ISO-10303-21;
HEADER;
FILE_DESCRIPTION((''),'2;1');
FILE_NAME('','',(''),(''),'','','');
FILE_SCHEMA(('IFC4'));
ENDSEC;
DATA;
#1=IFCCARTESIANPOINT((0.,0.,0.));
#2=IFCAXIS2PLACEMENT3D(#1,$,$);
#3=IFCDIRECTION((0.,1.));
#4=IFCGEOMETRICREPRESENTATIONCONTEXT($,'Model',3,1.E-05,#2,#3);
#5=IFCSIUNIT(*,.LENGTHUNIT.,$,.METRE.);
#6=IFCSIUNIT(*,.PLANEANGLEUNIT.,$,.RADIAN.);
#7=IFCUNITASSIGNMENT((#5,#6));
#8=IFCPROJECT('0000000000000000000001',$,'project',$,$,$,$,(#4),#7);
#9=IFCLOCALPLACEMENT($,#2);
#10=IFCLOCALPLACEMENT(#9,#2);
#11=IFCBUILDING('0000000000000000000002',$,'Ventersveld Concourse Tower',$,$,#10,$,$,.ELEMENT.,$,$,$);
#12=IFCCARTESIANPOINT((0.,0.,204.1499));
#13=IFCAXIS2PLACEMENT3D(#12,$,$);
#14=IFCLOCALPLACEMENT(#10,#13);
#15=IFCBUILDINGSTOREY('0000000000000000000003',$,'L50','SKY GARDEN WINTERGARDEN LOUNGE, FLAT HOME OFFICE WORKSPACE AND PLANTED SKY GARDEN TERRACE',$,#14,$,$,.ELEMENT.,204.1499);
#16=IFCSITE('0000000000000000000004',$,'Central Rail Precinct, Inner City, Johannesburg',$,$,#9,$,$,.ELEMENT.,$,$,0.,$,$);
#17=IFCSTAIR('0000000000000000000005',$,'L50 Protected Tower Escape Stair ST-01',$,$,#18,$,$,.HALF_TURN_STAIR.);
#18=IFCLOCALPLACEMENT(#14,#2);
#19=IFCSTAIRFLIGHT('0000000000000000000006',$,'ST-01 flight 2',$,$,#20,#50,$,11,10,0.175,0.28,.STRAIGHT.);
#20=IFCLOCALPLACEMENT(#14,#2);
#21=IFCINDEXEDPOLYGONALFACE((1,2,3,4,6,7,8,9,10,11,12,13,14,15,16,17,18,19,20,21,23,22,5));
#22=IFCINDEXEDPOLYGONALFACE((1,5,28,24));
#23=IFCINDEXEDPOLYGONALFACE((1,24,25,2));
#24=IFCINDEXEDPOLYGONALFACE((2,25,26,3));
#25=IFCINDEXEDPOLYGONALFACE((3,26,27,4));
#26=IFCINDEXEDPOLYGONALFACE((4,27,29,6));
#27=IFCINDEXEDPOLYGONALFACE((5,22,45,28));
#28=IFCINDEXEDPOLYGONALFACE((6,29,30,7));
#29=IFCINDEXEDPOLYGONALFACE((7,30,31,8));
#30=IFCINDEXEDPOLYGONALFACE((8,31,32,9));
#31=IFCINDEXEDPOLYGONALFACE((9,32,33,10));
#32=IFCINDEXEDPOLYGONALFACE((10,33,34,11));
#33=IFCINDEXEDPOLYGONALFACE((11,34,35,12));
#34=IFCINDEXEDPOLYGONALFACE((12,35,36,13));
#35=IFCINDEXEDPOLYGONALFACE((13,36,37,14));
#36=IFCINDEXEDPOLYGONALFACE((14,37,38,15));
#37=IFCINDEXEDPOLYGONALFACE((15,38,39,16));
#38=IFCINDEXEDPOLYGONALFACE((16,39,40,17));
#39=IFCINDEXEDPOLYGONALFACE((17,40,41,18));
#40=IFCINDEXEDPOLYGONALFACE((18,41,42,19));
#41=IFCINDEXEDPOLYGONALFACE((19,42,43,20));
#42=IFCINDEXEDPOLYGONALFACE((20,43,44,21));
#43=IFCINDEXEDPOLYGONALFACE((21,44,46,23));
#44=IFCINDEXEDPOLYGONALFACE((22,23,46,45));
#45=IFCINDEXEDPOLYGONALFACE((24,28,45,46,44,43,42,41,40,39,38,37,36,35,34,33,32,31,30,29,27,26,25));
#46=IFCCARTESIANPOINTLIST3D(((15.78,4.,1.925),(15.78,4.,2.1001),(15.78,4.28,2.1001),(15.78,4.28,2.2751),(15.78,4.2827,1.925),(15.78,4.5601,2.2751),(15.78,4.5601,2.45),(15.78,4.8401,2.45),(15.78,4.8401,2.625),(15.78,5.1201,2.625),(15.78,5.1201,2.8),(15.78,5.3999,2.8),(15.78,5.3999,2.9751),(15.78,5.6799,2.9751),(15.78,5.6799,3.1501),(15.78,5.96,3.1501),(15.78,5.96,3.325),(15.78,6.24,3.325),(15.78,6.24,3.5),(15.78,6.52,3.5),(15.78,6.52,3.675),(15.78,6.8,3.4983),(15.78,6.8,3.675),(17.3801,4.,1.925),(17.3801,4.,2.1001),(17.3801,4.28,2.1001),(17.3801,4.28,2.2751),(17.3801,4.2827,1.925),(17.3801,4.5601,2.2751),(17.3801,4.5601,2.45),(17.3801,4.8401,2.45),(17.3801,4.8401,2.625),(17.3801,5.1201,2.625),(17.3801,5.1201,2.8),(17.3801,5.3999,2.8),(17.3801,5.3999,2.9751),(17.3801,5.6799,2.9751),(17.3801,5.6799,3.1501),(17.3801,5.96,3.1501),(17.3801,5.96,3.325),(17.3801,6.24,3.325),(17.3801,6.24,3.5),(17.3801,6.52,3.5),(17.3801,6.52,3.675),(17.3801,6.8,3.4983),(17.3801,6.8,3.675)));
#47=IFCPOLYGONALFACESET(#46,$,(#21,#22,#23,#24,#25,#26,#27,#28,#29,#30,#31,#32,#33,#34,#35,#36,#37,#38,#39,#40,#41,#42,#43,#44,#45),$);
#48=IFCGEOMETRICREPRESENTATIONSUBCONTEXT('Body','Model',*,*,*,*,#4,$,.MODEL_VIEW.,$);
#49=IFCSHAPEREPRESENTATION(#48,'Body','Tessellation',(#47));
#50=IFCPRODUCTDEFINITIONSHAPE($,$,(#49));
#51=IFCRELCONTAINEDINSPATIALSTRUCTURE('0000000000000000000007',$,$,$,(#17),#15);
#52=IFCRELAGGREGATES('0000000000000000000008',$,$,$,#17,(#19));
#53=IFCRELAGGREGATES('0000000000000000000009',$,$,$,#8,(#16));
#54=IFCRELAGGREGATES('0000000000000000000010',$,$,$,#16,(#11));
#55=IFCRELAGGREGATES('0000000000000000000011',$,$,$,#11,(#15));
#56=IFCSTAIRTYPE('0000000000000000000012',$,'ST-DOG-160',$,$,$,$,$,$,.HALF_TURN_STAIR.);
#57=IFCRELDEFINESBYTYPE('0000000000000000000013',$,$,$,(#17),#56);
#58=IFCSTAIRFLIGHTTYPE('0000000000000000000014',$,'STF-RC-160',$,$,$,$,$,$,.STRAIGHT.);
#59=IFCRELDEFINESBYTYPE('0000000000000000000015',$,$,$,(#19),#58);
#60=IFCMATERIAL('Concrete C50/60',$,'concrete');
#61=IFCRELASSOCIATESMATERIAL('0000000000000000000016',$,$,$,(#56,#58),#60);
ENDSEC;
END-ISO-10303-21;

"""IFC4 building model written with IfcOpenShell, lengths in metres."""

from ifc_helpers import new_model, si_unit, direction, frame, origin, place, context, subcontext, project, spatial, polyline, outline, extrude, material, type_object, element, aggregate, save


model = new_model("IFC4")

# Units and contexts
model_context = context("Model", 3, precision=1e-05, world=origin(), true_north=direction((0.0, 1.0)))
body_context = subcontext(model_context, "Body", "Model", "MODEL_VIEW")
ifc_project = project(units=[si_unit("LENGTHUNIT", "METRE"), si_unit("PLANEANGLEUNIT", "RADIAN")], contexts=[model_context])

# Site, building, storey
site_placement = place(None, origin())
site = spatial("IfcSite", under=ifc_project, at=site_placement, Name="Central Rail Precinct, Inner City, Johannesburg", CompositionType="ELEMENT", RefElevation=0.0)
building_placement = place(site_placement, origin())
building = spatial("IfcBuilding", under=site, at=building_placement, Name="Ventersveld Concourse Tower", CompositionType="ELEMENT")
storey_placement = place(building_placement, frame((0.0, 0.0, 204.1499)))
storey = spatial("IfcBuildingStorey", under=building, at=storey_placement, Name="L50", Description="SKY GARDEN WINTERGARDEN LOUNGE, FLAT HOME OFFICE WORKSPACE AND PLANTED SKY GARDEN TERRACE", CompositionType="ELEMENT", Elevation=204.1499)

# Shared definitions
ifc_material_1 = material(Name="Concrete C50/60", Category="concrete")

# Stair, stair flight
stair_type = type_object("IfcStairType", Name="ST-DOG-160", PredefinedType="HALF_TURN_STAIR", material=ifc_material_1)
stair_placement = place(storey_placement, origin())
stair = element("IfcStair", 1, at=stair_placement, inside=storey, type_object=stair_type, Name="L50 Protected Tower Escape Stair ST-01", PredefinedType="HALF_TURN_STAIR")
stair_flight_type = type_object("IfcStairFlightType", Name="STF-RC-160", PredefinedType="STRAIGHT", material=ifc_material_1)
stair_flight_placement = place(storey_placement, frame((16.5801, 4.0, 1.925), z_axis=(0.0, 0.0, 1.0), x_axis=(0.0, 1.0, 0.0)))
stair_flight = element("IfcStairFlight", 2, at=stair_flight_placement, type_object=stair_flight_type, Name="ST-01 flight 2", NumberOfRisers=11, NumberOfTreads=10, PredefinedType="STRAIGHT", RiserHeight=0.175, TreadLength=0.28, context=body_context, shape_type="SweptSolid", body=[
    extrude(outline(polyline([(0.0, 0.0), (0.0, 0.175), (0.28, 0.175), (0.28, 0.3501), (0.5601, 0.3501), (0.5601, 0.5249), (0.8401, 0.5249), (0.8401, 0.7), (1.1201, 0.7), (1.1201, 0.875), (1.3999, 0.875), (1.3999, 1.05), (1.6799, 1.05), (1.6799, 1.2251), (1.96, 1.2251), (1.96, 1.3999), (2.24, 1.3999), (2.24, 1.575), (2.52, 1.575), (2.52, 1.75), (2.8, 1.75), (2.8, 1.925), (2.8, 1.5732), (0.2827, 0.0), (0.0, 0.0)])), frame((0.0, 0.8, 0.0), z_axis=(0.0, -1.0, 0.0), x_axis=(1.0, 0.0, 0.0)), (0.0, 0.0, 1.0), 1.6001),
])
aggregate(stair, [stair_flight])

save(model, "model.ifc")
